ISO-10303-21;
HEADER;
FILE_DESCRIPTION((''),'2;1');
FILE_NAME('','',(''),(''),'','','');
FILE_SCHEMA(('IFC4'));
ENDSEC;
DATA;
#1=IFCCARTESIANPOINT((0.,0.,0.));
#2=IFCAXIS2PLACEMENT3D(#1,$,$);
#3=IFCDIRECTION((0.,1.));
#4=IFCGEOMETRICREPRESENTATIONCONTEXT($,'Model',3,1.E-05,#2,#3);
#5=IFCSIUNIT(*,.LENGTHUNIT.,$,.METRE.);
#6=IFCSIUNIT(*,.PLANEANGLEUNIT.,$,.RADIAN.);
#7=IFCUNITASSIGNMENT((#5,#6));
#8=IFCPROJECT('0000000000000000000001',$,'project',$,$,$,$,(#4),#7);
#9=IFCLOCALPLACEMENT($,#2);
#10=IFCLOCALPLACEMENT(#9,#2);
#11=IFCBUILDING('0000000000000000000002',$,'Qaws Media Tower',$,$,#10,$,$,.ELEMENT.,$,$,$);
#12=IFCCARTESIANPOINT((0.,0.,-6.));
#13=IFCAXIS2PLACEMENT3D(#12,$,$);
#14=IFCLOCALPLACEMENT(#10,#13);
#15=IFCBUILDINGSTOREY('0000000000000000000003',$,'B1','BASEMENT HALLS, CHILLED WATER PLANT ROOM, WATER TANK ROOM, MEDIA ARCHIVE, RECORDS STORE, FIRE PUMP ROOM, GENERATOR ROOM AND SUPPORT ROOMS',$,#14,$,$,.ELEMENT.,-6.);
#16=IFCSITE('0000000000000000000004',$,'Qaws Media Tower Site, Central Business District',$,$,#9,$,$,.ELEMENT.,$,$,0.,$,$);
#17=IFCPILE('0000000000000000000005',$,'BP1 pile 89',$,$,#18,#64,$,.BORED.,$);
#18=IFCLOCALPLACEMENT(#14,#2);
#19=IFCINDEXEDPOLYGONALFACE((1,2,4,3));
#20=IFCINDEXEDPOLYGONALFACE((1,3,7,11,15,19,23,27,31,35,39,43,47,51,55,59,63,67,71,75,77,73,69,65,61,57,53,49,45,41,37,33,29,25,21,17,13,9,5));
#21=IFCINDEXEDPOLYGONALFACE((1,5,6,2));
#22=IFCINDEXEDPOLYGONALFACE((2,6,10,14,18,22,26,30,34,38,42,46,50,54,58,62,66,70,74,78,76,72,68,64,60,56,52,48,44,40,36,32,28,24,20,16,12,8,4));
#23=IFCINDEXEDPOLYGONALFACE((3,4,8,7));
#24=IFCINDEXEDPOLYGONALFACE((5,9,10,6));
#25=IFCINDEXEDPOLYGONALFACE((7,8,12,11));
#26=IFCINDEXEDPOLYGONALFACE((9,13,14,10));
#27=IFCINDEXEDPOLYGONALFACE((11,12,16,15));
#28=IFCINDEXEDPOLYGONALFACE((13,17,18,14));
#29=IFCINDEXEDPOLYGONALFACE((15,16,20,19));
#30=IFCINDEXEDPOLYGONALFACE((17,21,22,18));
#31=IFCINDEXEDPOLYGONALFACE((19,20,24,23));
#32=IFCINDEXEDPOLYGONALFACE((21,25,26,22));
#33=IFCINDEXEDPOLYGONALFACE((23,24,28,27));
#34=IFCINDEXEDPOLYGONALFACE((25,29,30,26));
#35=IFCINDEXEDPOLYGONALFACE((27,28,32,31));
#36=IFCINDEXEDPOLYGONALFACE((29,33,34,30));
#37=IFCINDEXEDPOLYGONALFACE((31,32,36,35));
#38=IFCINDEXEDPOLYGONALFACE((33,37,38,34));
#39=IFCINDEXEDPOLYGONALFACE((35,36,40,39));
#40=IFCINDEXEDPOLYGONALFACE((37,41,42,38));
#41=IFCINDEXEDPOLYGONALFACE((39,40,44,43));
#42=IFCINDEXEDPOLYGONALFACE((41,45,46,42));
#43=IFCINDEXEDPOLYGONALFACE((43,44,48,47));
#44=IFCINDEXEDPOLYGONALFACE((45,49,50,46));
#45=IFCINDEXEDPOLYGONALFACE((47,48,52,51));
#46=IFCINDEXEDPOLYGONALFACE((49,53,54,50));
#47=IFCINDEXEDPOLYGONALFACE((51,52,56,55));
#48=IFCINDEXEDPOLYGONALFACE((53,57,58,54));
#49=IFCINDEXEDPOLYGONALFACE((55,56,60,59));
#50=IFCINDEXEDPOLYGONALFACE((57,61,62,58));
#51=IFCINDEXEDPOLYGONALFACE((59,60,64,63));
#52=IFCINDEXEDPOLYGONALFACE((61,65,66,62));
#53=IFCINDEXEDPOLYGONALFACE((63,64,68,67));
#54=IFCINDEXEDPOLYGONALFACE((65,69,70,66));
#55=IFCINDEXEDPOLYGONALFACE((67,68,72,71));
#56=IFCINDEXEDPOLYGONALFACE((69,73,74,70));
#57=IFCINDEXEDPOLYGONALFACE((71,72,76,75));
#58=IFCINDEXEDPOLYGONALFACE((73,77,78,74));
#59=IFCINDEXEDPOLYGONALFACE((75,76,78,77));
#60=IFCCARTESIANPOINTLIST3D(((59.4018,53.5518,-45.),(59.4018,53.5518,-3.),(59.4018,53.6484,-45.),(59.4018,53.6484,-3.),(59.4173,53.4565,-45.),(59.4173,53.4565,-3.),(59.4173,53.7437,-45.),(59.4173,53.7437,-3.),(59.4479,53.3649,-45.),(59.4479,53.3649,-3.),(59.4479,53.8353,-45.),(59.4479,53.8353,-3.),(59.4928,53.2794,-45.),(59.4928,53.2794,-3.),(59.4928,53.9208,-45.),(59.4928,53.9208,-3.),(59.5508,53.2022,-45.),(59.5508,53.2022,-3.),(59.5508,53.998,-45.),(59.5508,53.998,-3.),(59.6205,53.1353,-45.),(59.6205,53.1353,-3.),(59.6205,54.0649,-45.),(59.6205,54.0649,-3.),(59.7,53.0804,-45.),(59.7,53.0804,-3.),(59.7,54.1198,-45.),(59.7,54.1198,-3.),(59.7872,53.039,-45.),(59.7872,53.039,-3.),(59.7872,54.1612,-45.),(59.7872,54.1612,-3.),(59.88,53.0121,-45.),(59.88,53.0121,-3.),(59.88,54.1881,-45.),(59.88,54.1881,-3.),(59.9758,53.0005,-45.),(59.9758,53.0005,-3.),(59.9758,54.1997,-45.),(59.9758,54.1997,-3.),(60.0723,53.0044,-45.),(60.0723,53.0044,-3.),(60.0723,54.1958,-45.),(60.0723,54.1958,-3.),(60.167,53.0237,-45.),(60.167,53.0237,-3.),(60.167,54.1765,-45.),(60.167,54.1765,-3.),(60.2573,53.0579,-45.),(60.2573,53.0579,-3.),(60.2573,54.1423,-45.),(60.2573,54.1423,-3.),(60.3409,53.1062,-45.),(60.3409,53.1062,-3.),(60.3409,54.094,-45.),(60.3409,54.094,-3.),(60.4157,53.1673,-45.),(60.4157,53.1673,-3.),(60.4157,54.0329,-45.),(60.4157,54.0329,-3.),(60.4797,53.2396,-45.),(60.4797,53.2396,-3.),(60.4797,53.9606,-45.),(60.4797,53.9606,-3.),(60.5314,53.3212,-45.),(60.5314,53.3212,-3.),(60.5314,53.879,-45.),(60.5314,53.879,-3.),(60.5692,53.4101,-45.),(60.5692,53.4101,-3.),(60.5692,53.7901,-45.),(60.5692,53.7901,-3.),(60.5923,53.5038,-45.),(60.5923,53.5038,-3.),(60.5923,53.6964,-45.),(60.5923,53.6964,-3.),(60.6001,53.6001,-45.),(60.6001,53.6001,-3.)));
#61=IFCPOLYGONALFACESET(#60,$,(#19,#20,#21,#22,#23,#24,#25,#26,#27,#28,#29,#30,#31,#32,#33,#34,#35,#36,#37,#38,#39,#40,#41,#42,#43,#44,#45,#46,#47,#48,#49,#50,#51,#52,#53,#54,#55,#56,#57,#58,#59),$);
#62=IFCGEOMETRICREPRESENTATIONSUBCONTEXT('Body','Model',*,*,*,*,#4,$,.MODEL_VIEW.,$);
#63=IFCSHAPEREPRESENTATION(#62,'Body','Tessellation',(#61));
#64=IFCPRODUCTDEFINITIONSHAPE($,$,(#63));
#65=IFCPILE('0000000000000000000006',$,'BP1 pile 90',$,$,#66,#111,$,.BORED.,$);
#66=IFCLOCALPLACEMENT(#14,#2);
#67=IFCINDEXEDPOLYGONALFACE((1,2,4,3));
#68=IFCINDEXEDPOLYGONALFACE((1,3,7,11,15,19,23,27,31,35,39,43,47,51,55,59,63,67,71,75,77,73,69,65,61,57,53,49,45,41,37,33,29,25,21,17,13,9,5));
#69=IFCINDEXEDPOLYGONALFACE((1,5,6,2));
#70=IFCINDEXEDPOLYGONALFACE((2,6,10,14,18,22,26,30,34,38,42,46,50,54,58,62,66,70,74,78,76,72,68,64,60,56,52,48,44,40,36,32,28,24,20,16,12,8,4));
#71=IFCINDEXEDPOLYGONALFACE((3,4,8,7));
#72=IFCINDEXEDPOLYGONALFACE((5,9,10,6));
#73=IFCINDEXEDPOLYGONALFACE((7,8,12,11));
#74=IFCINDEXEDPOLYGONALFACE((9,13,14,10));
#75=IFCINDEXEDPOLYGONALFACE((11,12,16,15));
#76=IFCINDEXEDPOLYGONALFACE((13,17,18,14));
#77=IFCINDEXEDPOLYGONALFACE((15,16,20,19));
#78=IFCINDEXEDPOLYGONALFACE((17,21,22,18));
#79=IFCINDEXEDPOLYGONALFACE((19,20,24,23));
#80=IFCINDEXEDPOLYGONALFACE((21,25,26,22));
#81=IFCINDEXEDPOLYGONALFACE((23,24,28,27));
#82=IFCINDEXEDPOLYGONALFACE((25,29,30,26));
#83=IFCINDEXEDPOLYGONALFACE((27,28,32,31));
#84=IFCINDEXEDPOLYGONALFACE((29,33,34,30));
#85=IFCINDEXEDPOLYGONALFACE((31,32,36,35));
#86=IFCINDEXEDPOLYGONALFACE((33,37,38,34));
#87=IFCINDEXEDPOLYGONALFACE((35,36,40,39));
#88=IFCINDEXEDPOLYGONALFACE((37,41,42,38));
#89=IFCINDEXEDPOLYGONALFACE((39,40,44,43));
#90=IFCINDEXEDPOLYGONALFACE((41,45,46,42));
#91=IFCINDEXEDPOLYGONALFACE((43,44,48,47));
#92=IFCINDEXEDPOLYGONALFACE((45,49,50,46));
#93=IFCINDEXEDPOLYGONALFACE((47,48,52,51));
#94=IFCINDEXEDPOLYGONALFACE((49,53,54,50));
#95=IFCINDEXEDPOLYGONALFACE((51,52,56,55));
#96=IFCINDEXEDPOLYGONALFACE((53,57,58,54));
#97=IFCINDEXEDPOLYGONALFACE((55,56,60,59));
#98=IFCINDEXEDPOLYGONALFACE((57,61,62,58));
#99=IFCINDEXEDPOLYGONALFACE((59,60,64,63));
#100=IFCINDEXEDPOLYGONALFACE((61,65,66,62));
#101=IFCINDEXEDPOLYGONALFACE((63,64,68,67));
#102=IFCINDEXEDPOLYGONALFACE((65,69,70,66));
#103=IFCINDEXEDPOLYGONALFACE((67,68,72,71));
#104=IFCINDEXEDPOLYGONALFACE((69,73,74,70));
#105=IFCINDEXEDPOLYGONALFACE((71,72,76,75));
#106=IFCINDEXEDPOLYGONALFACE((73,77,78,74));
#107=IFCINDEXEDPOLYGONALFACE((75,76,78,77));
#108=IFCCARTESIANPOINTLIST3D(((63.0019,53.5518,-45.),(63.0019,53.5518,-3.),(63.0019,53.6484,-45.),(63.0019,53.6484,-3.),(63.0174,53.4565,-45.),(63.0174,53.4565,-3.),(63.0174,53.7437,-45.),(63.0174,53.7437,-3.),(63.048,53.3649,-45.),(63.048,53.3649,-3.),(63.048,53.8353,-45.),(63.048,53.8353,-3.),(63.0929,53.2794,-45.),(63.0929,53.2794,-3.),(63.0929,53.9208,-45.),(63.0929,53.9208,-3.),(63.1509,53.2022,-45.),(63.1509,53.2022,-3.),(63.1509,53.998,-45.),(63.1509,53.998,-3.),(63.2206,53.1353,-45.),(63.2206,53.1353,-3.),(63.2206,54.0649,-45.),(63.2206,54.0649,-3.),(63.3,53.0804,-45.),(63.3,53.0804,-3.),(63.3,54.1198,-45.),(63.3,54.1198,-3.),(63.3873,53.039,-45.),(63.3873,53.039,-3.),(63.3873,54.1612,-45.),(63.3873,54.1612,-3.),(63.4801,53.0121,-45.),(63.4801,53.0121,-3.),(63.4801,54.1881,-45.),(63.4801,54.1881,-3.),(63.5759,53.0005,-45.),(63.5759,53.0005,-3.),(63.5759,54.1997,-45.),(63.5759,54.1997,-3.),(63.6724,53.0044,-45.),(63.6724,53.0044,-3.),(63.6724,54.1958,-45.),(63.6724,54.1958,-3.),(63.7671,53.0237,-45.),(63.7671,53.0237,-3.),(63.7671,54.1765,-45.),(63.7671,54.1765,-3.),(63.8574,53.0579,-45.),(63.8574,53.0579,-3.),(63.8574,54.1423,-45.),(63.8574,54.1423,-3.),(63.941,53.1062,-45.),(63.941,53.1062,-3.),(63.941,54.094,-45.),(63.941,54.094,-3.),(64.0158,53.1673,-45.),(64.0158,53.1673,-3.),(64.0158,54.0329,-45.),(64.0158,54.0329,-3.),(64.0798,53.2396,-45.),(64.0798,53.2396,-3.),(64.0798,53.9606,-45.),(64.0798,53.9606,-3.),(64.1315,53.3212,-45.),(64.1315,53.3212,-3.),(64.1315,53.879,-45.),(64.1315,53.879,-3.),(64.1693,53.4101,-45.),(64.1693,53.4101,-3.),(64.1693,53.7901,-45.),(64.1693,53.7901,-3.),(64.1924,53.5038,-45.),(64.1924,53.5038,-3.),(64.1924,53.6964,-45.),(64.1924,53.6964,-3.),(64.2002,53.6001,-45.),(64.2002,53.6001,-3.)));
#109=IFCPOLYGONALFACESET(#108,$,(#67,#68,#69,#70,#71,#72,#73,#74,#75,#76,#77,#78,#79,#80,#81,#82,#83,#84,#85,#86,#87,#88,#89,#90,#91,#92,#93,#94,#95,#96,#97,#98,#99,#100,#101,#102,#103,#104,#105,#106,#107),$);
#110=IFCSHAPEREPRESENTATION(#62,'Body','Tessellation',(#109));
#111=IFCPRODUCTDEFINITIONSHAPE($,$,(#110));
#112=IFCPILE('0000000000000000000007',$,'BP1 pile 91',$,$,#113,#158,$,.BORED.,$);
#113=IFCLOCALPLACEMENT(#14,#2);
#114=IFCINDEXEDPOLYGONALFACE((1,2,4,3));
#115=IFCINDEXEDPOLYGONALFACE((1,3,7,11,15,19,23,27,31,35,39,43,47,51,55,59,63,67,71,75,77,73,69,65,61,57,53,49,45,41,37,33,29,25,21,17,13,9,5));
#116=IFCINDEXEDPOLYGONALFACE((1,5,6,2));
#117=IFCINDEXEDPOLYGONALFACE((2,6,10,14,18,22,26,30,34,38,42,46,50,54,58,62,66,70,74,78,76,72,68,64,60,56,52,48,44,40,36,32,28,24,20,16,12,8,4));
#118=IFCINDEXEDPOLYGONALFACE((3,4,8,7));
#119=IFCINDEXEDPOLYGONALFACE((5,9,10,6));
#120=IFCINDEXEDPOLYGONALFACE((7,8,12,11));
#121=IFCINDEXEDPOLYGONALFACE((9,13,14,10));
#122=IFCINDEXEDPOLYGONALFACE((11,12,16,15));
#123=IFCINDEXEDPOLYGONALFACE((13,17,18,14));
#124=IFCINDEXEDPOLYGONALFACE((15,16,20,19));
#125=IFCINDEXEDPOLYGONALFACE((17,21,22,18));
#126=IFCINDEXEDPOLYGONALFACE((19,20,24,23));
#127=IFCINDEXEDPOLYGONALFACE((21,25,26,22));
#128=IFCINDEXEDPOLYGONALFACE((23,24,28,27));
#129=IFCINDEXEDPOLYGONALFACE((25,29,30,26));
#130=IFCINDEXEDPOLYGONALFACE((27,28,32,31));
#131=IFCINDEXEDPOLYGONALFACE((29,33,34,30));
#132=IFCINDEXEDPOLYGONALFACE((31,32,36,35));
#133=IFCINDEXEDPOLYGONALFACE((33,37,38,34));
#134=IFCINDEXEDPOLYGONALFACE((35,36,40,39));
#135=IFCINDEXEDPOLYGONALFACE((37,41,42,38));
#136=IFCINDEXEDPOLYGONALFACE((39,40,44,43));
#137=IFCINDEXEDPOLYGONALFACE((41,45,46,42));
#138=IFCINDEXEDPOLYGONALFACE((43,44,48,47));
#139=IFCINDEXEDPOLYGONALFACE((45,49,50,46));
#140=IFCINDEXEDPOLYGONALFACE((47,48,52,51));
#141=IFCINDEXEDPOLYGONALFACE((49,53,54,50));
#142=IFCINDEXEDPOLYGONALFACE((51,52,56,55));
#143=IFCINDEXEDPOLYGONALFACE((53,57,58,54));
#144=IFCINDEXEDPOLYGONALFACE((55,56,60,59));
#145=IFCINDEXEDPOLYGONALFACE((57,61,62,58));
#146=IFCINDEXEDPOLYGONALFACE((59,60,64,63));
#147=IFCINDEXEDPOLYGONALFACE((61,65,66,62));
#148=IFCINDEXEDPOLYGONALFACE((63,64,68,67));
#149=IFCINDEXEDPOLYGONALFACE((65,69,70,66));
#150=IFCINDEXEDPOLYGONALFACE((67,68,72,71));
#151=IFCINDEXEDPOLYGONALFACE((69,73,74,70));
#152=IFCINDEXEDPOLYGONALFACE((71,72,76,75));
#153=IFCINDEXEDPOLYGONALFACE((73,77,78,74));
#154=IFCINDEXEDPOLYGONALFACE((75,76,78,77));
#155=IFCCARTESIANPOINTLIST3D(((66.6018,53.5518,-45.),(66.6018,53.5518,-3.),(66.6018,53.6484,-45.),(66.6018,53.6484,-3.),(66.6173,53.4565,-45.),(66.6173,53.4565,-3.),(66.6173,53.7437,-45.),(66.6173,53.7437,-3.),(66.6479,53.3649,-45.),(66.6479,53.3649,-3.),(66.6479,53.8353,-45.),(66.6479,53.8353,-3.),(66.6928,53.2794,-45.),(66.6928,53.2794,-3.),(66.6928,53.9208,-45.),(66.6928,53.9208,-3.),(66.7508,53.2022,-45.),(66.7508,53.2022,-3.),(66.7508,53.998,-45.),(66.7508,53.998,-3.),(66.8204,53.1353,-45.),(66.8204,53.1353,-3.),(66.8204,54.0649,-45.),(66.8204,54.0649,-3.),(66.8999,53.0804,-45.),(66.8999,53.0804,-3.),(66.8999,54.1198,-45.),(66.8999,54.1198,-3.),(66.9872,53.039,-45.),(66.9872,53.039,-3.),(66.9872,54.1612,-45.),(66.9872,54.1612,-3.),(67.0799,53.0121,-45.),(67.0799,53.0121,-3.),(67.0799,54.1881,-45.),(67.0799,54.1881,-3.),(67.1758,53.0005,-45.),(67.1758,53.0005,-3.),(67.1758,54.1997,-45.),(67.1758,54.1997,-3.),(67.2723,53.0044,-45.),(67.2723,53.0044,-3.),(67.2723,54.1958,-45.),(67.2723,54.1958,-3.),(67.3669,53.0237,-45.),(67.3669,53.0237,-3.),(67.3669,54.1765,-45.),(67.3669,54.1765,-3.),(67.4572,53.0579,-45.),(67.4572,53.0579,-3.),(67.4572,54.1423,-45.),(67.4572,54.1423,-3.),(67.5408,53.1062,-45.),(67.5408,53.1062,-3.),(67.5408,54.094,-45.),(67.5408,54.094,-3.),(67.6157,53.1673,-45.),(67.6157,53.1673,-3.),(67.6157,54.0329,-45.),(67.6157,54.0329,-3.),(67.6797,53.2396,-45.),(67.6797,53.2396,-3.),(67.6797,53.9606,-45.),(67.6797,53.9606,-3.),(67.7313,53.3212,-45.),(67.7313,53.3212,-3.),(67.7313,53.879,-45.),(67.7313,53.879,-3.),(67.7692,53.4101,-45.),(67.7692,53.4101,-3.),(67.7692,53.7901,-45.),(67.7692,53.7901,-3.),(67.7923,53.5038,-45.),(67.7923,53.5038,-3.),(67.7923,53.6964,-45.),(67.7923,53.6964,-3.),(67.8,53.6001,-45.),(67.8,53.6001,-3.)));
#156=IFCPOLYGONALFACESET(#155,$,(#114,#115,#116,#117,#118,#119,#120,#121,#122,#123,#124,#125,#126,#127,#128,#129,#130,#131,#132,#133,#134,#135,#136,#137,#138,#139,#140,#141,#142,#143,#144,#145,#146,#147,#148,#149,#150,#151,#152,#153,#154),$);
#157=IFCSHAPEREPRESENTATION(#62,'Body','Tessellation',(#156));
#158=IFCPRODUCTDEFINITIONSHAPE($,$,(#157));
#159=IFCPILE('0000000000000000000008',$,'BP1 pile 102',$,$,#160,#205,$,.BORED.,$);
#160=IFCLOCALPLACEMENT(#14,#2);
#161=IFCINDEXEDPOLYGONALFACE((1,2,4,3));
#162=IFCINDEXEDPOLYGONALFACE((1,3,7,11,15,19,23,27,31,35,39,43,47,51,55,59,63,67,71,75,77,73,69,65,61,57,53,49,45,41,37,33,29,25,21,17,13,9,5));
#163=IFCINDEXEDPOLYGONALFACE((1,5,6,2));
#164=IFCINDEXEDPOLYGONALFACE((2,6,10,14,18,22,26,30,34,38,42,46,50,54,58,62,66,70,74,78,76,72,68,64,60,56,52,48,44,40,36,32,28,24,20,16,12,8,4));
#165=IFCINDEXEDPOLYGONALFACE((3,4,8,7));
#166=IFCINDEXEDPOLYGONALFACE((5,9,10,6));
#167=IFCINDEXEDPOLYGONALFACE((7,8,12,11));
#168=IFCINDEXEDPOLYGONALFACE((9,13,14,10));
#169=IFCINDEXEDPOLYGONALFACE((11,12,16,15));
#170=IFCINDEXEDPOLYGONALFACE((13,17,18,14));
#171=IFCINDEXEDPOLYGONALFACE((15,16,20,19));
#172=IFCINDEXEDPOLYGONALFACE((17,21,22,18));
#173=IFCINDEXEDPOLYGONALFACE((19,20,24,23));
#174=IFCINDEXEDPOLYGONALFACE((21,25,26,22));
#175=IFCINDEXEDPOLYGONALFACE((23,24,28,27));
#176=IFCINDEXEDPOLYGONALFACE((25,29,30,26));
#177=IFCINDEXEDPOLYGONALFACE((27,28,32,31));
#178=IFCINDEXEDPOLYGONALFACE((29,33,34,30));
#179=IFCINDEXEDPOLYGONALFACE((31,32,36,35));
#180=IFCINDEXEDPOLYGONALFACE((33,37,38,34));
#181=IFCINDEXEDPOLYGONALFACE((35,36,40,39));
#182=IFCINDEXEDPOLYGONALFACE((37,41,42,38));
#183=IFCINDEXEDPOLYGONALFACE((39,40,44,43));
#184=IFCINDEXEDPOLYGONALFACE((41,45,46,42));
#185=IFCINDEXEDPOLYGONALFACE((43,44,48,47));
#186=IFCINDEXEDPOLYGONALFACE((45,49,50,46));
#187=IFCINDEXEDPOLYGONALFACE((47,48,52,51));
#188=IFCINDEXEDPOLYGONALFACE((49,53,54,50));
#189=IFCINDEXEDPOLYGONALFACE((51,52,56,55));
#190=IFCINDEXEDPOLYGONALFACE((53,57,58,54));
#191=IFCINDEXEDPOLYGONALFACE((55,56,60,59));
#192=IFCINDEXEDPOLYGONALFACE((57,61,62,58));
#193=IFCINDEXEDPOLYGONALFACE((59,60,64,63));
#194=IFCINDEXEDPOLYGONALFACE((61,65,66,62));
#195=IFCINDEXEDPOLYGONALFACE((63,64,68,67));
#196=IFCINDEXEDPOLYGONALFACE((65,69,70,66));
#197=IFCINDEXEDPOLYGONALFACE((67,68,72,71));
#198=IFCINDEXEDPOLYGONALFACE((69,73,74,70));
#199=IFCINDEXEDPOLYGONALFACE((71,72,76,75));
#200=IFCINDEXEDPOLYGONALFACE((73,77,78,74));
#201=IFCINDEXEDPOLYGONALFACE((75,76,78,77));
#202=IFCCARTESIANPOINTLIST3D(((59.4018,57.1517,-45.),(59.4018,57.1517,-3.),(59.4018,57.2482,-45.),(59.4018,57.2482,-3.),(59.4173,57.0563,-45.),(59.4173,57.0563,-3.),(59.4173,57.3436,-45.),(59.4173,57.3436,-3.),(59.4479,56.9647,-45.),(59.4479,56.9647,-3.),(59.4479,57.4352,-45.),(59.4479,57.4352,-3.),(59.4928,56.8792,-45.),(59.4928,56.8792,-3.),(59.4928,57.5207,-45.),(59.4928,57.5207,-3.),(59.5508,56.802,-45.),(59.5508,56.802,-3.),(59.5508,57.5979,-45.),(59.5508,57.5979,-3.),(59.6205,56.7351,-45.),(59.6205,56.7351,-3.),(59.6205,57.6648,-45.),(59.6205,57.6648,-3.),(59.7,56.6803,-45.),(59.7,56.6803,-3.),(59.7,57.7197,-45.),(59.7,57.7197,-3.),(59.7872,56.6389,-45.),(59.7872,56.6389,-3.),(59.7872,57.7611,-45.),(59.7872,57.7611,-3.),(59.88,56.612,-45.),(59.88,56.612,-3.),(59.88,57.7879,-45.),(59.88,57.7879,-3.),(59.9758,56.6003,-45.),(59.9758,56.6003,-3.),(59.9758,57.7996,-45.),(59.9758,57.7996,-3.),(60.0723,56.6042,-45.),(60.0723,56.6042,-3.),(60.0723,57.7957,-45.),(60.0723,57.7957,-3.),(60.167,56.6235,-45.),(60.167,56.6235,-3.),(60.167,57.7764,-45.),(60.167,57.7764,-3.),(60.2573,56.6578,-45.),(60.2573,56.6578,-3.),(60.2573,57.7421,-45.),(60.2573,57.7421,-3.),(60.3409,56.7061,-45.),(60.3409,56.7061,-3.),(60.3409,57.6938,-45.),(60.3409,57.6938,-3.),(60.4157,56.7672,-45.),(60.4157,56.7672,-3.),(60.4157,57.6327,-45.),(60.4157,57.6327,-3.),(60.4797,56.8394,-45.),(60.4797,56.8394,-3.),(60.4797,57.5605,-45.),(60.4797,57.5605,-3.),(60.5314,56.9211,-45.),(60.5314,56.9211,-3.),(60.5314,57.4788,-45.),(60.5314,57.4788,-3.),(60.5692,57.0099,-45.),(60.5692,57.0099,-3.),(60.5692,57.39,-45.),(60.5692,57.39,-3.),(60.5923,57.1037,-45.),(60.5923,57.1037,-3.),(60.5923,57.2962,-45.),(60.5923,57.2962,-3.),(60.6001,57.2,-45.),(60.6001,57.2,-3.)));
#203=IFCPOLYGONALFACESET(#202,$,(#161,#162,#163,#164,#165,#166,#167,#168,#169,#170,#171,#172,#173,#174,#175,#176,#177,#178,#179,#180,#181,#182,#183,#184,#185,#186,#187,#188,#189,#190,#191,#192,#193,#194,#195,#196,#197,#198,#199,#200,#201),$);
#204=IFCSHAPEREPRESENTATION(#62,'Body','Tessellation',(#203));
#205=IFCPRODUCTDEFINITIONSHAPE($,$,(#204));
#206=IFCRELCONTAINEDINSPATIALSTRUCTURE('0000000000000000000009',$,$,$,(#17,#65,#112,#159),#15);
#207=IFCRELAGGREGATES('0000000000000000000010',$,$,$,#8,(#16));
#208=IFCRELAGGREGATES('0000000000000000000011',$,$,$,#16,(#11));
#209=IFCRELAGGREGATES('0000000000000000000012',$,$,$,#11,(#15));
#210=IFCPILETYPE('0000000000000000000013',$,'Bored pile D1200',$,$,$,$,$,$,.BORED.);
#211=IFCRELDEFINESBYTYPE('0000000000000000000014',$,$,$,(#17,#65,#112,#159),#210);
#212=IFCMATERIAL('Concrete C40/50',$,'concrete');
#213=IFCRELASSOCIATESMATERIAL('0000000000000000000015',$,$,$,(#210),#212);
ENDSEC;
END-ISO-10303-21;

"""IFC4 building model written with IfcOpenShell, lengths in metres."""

from ifc_helpers import new_model, si_unit, direction, frame, origin, origin_2d, place, context, subcontext, project, spatial, circle, extrude, material, material_profile, profile_set, type_object, element, save


model = new_model("IFC4")

# Units and contexts
model_context = context("Model", 3, precision=1e-05, world=origin(), true_north=direction((0.0, 1.0)))
body_context = subcontext(model_context, "Body", "Model", "MODEL_VIEW")
ifc_project = project(units=[si_unit("LENGTHUNIT", "METRE"), si_unit("PLANEANGLEUNIT", "RADIAN")], contexts=[model_context])

# Site, building, storey
site_placement = place(None, origin())
site = spatial("IfcSite", under=ifc_project, at=site_placement, Name="Qaws Media Tower Site, Central Business District", CompositionType="ELEMENT", RefElevation=0.0)
building_placement = place(site_placement, origin())
building = spatial("IfcBuilding", under=site, at=building_placement, Name="Qaws Media Tower", CompositionType="ELEMENT")
storey_placement = place(building_placement, frame((0.0, 0.0, -6.0)))
storey = spatial("IfcBuildingStorey", under=building, at=storey_placement, Name="B1", Description="BASEMENT HALLS, CHILLED WATER PLANT ROOM, WATER TANK ROOM, MEDIA ARCHIVE, RECORDS STORE, FIRE PUMP ROOM, GENERATOR ROOM AND SUPPORT ROOMS", CompositionType="ELEMENT", Elevation=-6.0)

# Piles
ifc_material_1 = material(Name="Concrete C40/50", Category="concrete")
ifc_material_profile = material_profile(ifc_material_1, circle(Radius=0.6001, at=origin_2d()), Name="D1200")
ifc_profile_set = profile_set([ifc_material_profile], Name="Concrete C40/50")
pile_type = type_object("IfcPileType", Name="Bored pile D1200", PredefinedType="BORED", material=ifc_profile_set)
for number, where, z_axis, x_axis, name in (
    (1, (60.0, 53.6001, -3.0), (0.0, 0.0, -1.0), (1.0, 0.0, 0.0), "BP1 pile 89"),
    (2, (63.6001, 53.6001, -3.0), (0.0, 0.0, -1.0), (1.0, 0.0, 0.0), "BP1 pile 90"),
    (3, (67.2, 53.6001, -3.0), (0.0, 0.0, -1.0), (1.0, 0.0, 0.0), "BP1 pile 91"),
    (4, (60.0, 57.2, -3.0), (0.0, 0.0, -1.0), (1.0, 0.0, 0.0), "BP1 pile 102"),
):
    element("IfcPile", number, at=place(storey_placement, frame(where, z_axis=z_axis, x_axis=x_axis)), inside=storey, type_object=pile_type, Name=name, PredefinedType="BORED", context=body_context, shape_type="SweptSolid", body=[
        extrude(circle(Radius=0.6001, at=origin_2d()), origin(), (0.0, 0.0, 1.0), 42.0),
    ])

save(model, "model.ifc")
